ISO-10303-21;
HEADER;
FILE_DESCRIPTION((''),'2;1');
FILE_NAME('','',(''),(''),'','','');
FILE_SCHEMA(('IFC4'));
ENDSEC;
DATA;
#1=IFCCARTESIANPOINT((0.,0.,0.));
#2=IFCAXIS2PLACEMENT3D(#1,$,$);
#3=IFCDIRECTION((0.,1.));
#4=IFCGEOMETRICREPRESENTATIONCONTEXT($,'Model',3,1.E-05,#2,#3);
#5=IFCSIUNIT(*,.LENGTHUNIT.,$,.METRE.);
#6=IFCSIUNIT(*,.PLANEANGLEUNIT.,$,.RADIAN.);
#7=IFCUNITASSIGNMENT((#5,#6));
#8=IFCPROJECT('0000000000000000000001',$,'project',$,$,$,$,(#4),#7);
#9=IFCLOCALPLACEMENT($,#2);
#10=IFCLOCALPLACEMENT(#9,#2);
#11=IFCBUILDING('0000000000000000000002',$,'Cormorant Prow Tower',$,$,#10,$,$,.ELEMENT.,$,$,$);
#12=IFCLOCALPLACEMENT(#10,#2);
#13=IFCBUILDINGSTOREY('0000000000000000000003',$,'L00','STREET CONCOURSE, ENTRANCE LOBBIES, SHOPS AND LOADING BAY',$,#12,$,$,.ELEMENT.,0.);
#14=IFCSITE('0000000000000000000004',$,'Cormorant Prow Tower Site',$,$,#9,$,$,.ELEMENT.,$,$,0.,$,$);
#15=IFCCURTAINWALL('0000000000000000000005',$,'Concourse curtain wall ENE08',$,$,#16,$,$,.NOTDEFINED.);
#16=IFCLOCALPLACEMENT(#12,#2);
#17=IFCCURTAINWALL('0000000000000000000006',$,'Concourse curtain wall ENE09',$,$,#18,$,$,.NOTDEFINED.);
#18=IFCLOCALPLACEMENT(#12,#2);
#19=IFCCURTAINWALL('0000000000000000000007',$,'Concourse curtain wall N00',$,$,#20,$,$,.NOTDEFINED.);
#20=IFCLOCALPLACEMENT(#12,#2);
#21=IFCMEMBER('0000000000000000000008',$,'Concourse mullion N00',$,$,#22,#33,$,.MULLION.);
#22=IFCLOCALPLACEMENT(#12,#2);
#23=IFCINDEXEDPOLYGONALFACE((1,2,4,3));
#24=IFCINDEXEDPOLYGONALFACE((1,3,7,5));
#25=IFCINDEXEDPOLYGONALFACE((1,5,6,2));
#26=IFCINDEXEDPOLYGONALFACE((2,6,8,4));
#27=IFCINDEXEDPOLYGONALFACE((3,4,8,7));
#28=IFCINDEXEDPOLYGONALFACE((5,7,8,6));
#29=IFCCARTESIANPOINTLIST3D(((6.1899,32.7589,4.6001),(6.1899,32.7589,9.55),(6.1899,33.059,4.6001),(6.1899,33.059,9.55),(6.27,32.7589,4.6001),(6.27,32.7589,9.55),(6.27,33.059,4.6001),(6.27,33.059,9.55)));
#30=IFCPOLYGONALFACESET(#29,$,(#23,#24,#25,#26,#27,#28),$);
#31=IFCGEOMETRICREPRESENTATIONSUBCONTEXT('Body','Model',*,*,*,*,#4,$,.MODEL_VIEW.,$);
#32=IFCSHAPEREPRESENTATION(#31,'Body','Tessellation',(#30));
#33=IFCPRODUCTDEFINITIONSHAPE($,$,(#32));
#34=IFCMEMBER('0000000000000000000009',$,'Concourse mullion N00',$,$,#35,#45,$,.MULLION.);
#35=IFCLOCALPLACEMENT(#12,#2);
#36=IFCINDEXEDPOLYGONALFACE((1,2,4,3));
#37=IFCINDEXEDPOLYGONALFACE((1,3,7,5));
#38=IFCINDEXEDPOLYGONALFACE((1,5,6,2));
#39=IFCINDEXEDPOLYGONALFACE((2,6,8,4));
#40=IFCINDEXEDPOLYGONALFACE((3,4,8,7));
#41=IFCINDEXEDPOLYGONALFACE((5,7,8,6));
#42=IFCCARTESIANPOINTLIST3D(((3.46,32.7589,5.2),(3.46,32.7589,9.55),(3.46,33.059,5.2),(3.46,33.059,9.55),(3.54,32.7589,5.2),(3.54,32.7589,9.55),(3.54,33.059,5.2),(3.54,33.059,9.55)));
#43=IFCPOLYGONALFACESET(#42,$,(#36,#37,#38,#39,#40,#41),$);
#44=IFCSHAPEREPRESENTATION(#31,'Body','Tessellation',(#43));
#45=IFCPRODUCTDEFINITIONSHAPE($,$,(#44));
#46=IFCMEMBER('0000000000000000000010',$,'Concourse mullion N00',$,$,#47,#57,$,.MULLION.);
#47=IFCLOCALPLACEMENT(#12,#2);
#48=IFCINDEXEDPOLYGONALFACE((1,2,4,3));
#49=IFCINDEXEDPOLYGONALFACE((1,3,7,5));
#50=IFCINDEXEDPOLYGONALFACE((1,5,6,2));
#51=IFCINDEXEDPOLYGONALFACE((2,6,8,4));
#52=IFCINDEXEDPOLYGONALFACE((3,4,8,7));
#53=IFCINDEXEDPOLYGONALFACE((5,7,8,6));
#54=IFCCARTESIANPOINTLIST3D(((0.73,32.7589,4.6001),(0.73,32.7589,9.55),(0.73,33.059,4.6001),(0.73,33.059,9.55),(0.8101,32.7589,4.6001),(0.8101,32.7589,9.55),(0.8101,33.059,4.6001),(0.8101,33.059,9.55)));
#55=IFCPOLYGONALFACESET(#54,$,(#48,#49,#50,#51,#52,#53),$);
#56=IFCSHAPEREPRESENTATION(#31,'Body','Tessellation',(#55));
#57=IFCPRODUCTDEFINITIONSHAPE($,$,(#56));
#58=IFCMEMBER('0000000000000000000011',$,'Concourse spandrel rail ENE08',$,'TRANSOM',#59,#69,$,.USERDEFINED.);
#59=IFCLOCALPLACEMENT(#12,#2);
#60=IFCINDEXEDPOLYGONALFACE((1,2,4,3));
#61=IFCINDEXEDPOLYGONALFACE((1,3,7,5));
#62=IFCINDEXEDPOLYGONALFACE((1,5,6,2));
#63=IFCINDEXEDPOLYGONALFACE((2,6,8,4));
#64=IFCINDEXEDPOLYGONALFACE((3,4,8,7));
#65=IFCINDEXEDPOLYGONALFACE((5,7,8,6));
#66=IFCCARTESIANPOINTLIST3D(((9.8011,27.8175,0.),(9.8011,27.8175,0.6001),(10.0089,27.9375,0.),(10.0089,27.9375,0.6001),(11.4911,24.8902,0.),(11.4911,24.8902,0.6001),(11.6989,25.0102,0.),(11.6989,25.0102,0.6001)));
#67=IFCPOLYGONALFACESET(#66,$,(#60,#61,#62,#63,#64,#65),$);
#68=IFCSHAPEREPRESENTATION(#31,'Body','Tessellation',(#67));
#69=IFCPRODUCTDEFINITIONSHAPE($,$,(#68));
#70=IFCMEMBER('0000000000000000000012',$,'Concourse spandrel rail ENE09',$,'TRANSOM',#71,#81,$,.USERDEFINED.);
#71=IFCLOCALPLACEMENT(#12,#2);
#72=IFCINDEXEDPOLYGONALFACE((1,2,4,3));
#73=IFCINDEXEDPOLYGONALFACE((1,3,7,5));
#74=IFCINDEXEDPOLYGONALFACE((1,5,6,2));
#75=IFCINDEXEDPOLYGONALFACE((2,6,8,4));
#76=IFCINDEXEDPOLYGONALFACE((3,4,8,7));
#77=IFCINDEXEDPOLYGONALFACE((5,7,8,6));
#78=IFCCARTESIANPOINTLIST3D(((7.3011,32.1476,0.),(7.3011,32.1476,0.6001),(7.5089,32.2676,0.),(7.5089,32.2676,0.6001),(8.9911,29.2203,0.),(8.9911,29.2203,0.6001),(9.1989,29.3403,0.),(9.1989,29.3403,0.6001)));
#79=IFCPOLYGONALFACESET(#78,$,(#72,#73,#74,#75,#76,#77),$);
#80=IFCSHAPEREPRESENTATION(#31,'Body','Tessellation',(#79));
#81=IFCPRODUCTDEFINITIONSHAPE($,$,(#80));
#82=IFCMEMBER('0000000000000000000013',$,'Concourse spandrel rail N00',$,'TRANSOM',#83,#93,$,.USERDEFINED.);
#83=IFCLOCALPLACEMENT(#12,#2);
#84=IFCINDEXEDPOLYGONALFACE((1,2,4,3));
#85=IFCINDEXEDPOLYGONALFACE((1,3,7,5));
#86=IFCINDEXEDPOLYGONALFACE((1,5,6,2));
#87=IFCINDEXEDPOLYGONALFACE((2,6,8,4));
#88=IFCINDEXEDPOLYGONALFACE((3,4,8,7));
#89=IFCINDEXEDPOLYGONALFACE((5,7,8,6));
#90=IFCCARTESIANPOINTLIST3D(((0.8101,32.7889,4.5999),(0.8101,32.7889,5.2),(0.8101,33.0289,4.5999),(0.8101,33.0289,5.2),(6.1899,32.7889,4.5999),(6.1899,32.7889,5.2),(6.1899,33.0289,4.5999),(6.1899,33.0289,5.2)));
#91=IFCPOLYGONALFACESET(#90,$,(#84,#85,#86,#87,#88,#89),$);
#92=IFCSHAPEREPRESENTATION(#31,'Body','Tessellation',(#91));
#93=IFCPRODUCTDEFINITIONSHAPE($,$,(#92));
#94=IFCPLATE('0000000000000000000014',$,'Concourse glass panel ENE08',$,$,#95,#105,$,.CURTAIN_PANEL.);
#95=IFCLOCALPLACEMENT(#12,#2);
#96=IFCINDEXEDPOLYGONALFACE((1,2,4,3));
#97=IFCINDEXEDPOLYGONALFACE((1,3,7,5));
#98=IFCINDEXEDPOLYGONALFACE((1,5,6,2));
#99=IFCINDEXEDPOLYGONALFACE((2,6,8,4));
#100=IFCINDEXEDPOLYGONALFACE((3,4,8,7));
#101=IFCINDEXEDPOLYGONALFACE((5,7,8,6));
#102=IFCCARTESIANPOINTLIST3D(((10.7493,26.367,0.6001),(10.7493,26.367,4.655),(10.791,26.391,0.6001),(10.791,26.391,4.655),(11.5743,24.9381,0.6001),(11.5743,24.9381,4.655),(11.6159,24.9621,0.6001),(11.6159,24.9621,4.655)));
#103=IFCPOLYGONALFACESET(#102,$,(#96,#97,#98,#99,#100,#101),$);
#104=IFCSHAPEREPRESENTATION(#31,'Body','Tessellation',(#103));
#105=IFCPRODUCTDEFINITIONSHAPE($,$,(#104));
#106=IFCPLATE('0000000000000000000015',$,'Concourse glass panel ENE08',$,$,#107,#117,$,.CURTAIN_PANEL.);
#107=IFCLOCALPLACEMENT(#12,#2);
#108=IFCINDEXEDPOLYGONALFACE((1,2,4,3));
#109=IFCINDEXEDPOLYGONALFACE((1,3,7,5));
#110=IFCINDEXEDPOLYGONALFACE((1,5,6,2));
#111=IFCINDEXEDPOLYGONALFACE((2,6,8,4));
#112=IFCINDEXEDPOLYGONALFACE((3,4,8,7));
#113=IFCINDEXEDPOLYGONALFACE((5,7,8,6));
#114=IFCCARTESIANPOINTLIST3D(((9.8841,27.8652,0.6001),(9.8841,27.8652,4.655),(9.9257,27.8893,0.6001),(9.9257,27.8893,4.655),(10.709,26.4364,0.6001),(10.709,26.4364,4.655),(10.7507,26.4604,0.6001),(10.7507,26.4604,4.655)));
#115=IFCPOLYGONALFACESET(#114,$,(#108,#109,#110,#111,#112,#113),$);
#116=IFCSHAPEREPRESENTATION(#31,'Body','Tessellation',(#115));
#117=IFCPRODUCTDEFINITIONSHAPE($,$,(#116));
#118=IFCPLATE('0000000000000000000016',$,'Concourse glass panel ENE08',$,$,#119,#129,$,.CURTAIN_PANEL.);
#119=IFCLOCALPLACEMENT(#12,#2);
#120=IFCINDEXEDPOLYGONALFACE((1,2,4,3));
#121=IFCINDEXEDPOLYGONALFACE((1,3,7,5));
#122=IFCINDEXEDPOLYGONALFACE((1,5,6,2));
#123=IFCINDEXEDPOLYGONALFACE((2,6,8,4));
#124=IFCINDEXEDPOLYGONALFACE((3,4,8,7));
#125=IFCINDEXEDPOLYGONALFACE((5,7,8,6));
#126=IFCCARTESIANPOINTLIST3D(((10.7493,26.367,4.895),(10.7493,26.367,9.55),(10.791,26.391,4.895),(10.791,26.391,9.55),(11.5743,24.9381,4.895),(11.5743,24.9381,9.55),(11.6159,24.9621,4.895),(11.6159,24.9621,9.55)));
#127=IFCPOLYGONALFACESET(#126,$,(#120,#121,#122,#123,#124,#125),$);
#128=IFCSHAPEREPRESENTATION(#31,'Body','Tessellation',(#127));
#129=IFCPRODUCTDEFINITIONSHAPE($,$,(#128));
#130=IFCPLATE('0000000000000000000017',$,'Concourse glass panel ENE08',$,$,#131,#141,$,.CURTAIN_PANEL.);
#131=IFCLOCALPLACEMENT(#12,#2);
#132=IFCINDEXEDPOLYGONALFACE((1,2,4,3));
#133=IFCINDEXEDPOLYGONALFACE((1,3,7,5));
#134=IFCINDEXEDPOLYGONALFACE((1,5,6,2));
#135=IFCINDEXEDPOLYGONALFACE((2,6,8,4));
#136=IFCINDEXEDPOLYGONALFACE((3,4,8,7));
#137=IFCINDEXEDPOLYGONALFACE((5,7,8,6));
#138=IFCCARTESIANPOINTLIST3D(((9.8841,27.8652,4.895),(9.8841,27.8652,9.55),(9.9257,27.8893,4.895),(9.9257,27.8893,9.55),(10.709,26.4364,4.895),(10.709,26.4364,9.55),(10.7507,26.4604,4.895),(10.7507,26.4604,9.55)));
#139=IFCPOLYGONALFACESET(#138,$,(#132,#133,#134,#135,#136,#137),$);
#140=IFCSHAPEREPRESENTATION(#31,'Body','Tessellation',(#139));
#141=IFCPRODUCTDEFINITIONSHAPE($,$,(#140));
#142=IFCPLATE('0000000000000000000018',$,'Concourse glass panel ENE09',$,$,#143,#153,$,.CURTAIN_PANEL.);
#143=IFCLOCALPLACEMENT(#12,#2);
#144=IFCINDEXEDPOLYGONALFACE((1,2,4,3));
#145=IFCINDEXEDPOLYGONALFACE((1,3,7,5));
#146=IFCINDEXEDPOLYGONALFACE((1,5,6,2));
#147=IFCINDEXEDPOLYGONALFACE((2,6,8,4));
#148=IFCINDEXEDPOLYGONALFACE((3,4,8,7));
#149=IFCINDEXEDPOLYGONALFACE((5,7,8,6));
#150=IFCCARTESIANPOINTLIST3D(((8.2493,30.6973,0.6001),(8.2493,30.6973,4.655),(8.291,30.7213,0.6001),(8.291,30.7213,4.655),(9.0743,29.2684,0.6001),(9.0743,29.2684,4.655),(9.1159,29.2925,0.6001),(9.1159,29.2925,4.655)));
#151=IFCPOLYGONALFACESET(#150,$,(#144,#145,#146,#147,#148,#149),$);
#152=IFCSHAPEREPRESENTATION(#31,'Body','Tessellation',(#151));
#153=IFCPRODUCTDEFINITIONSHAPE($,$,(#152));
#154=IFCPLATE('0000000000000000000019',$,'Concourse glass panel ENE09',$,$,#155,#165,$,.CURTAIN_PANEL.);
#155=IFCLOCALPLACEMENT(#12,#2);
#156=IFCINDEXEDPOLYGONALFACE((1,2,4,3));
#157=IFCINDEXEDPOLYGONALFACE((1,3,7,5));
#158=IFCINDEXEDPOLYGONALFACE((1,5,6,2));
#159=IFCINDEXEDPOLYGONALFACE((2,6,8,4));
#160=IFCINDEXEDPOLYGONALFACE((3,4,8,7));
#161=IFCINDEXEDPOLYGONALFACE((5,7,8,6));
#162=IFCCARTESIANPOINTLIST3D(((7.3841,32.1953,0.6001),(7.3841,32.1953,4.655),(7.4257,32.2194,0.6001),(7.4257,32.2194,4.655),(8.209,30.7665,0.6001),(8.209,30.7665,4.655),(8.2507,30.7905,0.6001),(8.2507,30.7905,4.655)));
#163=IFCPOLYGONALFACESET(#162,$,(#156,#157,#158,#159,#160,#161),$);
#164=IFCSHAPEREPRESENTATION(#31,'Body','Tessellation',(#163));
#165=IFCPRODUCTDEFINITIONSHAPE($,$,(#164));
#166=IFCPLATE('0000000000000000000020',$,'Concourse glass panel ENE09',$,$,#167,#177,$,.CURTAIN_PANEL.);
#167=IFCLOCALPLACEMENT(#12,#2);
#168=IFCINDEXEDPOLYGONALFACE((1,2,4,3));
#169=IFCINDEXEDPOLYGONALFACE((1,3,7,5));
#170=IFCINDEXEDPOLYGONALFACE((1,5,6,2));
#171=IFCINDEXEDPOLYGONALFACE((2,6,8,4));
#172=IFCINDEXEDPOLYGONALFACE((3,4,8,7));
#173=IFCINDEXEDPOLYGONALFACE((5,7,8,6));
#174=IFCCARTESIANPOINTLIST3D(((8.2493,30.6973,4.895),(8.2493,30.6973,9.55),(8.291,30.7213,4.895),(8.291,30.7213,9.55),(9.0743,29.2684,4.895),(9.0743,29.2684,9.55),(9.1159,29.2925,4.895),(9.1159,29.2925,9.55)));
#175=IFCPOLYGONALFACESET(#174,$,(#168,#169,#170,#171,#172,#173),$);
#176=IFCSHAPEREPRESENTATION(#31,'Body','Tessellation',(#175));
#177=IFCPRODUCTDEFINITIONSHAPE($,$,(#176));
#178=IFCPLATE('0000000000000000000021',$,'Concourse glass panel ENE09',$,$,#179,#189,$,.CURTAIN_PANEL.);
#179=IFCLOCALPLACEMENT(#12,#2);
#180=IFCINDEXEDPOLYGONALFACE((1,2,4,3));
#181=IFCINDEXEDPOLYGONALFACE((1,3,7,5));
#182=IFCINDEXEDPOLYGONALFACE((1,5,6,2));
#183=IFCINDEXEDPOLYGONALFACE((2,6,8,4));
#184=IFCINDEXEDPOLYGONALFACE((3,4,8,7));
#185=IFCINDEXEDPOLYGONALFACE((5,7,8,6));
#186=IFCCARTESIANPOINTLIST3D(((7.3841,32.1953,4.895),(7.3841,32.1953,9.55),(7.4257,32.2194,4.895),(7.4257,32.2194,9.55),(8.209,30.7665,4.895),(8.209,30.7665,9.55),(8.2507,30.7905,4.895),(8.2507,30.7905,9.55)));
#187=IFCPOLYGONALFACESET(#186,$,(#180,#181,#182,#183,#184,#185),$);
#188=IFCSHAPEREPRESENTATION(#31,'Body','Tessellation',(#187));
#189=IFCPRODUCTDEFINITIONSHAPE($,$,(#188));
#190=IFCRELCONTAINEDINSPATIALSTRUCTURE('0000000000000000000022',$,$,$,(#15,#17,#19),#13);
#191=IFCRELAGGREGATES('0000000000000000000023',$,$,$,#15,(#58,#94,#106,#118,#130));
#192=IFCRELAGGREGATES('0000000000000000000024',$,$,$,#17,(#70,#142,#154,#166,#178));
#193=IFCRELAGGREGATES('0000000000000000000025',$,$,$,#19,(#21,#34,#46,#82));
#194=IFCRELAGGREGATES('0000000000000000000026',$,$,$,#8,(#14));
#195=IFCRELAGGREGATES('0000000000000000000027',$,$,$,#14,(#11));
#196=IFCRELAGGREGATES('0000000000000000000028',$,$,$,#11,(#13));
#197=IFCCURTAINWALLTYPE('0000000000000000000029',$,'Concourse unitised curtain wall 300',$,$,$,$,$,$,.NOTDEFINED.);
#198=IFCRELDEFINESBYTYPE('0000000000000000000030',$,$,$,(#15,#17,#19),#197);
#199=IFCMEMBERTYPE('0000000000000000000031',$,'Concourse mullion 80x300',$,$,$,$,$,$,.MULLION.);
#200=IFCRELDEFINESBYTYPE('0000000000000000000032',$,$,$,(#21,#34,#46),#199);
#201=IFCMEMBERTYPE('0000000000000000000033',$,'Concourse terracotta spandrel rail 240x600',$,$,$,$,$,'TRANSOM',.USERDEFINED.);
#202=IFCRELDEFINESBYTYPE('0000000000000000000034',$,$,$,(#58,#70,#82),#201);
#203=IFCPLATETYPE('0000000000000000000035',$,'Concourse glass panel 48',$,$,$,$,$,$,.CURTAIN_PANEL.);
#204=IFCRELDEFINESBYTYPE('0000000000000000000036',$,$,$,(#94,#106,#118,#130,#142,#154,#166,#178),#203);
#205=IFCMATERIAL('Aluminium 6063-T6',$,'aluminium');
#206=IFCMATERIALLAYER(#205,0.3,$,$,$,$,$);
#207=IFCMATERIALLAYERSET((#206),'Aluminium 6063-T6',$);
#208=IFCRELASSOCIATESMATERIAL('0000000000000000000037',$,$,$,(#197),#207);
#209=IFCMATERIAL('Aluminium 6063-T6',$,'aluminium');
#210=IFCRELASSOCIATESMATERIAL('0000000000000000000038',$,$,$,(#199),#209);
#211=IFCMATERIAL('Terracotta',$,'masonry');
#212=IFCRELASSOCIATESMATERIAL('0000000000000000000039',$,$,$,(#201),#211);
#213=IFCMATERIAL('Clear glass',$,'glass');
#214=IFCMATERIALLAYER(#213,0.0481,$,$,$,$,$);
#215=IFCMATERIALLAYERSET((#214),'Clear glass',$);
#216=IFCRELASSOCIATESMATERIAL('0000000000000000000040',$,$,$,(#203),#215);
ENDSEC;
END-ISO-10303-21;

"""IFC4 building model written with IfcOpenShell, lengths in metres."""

from ifc_helpers import new_model, si_unit, direction, frame, origin, origin_2d, place, context, subcontext, project, spatial, rectangle, extrude, material, layer, layer_set, material_profile, profile_set, type_object, element, aggregate, save


model = new_model("IFC4")

# Units and contexts
model_context = context("Model", 3, precision=1e-05, world=origin(), true_north=direction((0.0, 1.0)))
body_context = subcontext(model_context, "Body", "Model", "MODEL_VIEW")
ifc_project = project(units=[si_unit("LENGTHUNIT", "METRE"), si_unit("PLANEANGLEUNIT", "RADIAN")], contexts=[model_context])

# Site, building, storey
site_placement = place(None, origin())
site = spatial("IfcSite", under=ifc_project, at=site_placement, Name="Cormorant Prow Tower Site", CompositionType="ELEMENT", RefElevation=0.0)
building_placement = place(site_placement, origin())
building = spatial("IfcBuilding", under=site, at=building_placement, Name="Cormorant Prow Tower", CompositionType="ELEMENT")
storey_placement = place(building_placement, origin())
storey = spatial("IfcBuildingStorey", under=building, at=storey_placement, Name="L00", Description="STREET CONCOURSE, ENTRANCE LOBBIES, SHOPS AND LOADING BAY", CompositionType="ELEMENT", Elevation=0.0)

# Curtain wall
ifc_material_1 = material(Name="Aluminium 6063-T6", Category="aluminium")
ifc_layer_1 = layer(ifc_material_1, 0.3)
ifc_layer_set_1 = layer_set([ifc_layer_1], Name="Aluminium 6063-T6")
curtain_wall_type = type_object("IfcCurtainWallType", Name="Concourse unitised curtain wall 300", PredefinedType="NOTDEFINED", material=ifc_layer_set_1)
curtain_wall_1_placement = place(storey_placement, origin())
curtain_wall_1 = element("IfcCurtainWall", 1, at=curtain_wall_1_placement, inside=storey, type_object=curtain_wall_type, Name="Concourse curtain wall ENE08", PredefinedType="NOTDEFINED")

# Curtain wall
curtain_wall_2_placement = place(storey_placement, origin())
curtain_wall_2 = element("IfcCurtainWall", 2, at=curtain_wall_2_placement, inside=storey, type_object=curtain_wall_type, Name="Concourse curtain wall ENE09", PredefinedType="NOTDEFINED")

# Shared definitions
ifc_material_2 = material(Name="Aluminium 6063-T6", Category="aluminium")
ifc_material_profile_1 = material_profile(ifc_material_2, rectangle(XDim=0.3, YDim=0.0801, at=origin_2d()), Name="Concourse mullion 80x300")
ifc_profile_set_1 = profile_set([ifc_material_profile_1], Name="Aluminium 6063-T6")
member_type_1 = type_object("IfcMemberType", Name="Concourse mullion 80x300", PredefinedType="MULLION", material=ifc_profile_set_1)

# Curtain wall, members
curtain_wall_3_placement = place(storey_placement, origin())
curtain_wall_3 = element("IfcCurtainWall", 3, at=curtain_wall_3_placement, inside=storey, type_object=curtain_wall_type, Name="Concourse curtain wall N00", PredefinedType="NOTDEFINED")
member_1_placement = place(storey_placement, frame((6.23, 32.9089, 4.6001), z_axis=(0.0, 0.0, 1.0), x_axis=(0.0, -1.0, 0.0)))
member_1 = element("IfcMember", 4, at=member_1_placement, type_object=member_type_1, Name="Concourse mullion N00", PredefinedType="MULLION", context=body_context, shape_type="SweptSolid", body=[
    extrude(rectangle(XDim=0.3, YDim=0.0801, at=origin_2d()), origin(), (0.0, 0.0, 1.0), 4.95),
])
member_2_placement = place(storey_placement, frame((3.5, 32.9089, 5.2), z_axis=(0.0, 0.0, 1.0), x_axis=(0.0, -1.0, 0.0)))
member_2 = element("IfcMember", 5, at=member_2_placement, type_object=member_type_1, Name="Concourse mullion N00", PredefinedType="MULLION", context=body_context, shape_type="SweptSolid", body=[
    extrude(rectangle(XDim=0.3, YDim=0.0801, at=origin_2d()), origin(), (0.0, 0.0, 1.0), 4.3501),
])
member_3_placement = place(storey_placement, frame((0.77, 32.9089, 4.6001), z_axis=(0.0, 0.0, 1.0), x_axis=(0.0, -1.0, 0.0)))
member_3 = element("IfcMember", 6, at=member_3_placement, type_object=member_type_1, Name="Concourse mullion N00", PredefinedType="MULLION", context=body_context, shape_type="SweptSolid", body=[
    extrude(rectangle(XDim=0.3, YDim=0.0801, at=origin_2d()), origin(), (0.0, 0.0, 1.0), 4.95),
])

# Members
ifc_material_3 = material(Name="Terracotta", Category="masonry")
ifc_material_profile_2 = material_profile(ifc_material_3, rectangle(XDim=0.24, YDim=0.6001, at=origin_2d()), Name="Concourse terracotta spandrel rail 240x600")
ifc_profile_set_2 = profile_set([ifc_material_profile_2], Name="Terracotta")
member_type_2 = type_object("IfcMemberType", Name="Concourse terracotta spandrel rail 240x600", ElementType="TRANSOM", PredefinedType="USERDEFINED", material=ifc_profile_set_2)
member_4_placement = place(storey_placement, frame((11.595, 24.9502, 0.3), z_axis=(-0.499977, 0.866039, 0.0), x_axis=(-0.866039, -0.499977, 0.0)))
member_4 = element("IfcMember", 7, at=member_4_placement, type_object=member_type_2, Name="Concourse spandrel rail ENE08", ObjectType="TRANSOM", PredefinedType="USERDEFINED", context=body_context, shape_type="SweptSolid", body=[
    extrude(rectangle(XDim=0.24, YDim=0.6001, at=origin_2d()), origin(), (0.0, 0.0, 1.0), 3.3801),
])
member_5_placement = place(storey_placement, frame((9.095, 29.2803, 0.3), z_axis=(-0.499977, 0.866039, 0.0), x_axis=(-0.866039, -0.499977, 0.0)))
member_5 = element("IfcMember", 8, at=member_5_placement, type_object=member_type_2, Name="Concourse spandrel rail ENE09", ObjectType="TRANSOM", PredefinedType="USERDEFINED", context=body_context, shape_type="SweptSolid", body=[
    extrude(rectangle(XDim=0.24, YDim=0.6001, at=origin_2d()), origin(), (0.0, 0.0, 1.0), 3.3801),
])
member_6_placement = place(storey_placement, frame((6.1899, 32.9089, 4.8999), z_axis=(-1.0, 0.0, 0.0), x_axis=(0.0, -1.0, 0.0)))
member_6 = element("IfcMember", 9, at=member_6_placement, type_object=member_type_2, Name="Concourse spandrel rail N00", ObjectType="TRANSOM", PredefinedType="USERDEFINED", context=body_context, shape_type="SweptSolid", body=[
    extrude(rectangle(XDim=0.24, YDim=0.6001, at=origin_2d()), origin(), (0.0, 0.0, 1.0), 5.3799),
])

# Plates
ifc_material_4 = material(Name="Clear glass", Category="glass")
ifc_layer_2 = layer(ifc_material_4, 0.0481)
ifc_layer_set_2 = layer_set([ifc_layer_2], Name="Clear glass")
plate_type = type_object("IfcPlateType", Name="Concourse glass panel 48", PredefinedType="CURTAIN_PANEL", material=ifc_layer_set_2)
plate_1_placement = place(storey_placement, frame((11.1826, 25.6646, 0.6001), z_axis=(0.0, 0.0, 1.0), x_axis=(-0.5, 0.866025, 0.0)))
plate_1 = element("IfcPlate", 10, at=plate_1_placement, type_object=plate_type, Name="Concourse glass panel ENE08", PredefinedType="CURTAIN_PANEL", context=body_context, shape_type="SweptSolid", body=[
    extrude(rectangle(XDim=1.6499, YDim=0.0481, at=origin_2d()), origin(), (0.0, 0.0, 1.0), 4.0549),
])
plate_2_placement = place(storey_placement, frame((10.3174, 27.1628, 0.6001), z_axis=(0.0, 0.0, 1.0), x_axis=(-0.5, 0.866025, 0.0)))
plate_2 = element("IfcPlate", 11, at=plate_2_placement, type_object=plate_type, Name="Concourse glass panel ENE08", PredefinedType="CURTAIN_PANEL", context=body_context, shape_type="SweptSolid", body=[
    extrude(rectangle(XDim=1.6499, YDim=0.0481, at=origin_2d()), origin(), (0.0, 0.0, 1.0), 4.0549),
])
plate_3_placement = place(storey_placement, frame((11.1826, 25.6646, 4.895), z_axis=(0.0, 0.0, 1.0), x_axis=(-0.5, 0.866025, 0.0)))
plate_3 = element("IfcPlate", 12, at=plate_3_placement, type_object=plate_type, Name="Concourse glass panel ENE08", PredefinedType="CURTAIN_PANEL", context=body_context, shape_type="SweptSolid", body=[
    extrude(rectangle(XDim=1.6499, YDim=0.0481, at=origin_2d()), origin(), (0.0, 0.0, 1.0), 4.655),
])
plate_4_placement = place(storey_placement, frame((10.3174, 27.1628, 4.895), z_axis=(0.0, 0.0, 1.0), x_axis=(-0.5, 0.866025, 0.0)))
plate_4 = element("IfcPlate", 13, at=plate_4_placement, type_object=plate_type, Name="Concourse glass panel ENE08", PredefinedType="CURTAIN_PANEL", context=body_context, shape_type="SweptSolid", body=[
    extrude(rectangle(XDim=1.6499, YDim=0.0481, at=origin_2d()), origin(), (0.0, 0.0, 1.0), 4.655),
])
aggregate(curtain_wall_1, [member_4, plate_1, plate_2, plate_3, plate_4])
plate_5_placement = place(storey_placement, frame((8.6826, 29.9949, 0.6001), z_axis=(0.0, 0.0, 1.0), x_axis=(-0.5, 0.866025, 0.0)))
plate_5 = element("IfcPlate", 14, at=plate_5_placement, type_object=plate_type, Name="Concourse glass panel ENE09", PredefinedType="CURTAIN_PANEL", context=body_context, shape_type="SweptSolid", body=[
    extrude(rectangle(XDim=1.6499, YDim=0.0481, at=origin_2d()), origin(), (0.0, 0.0, 1.0), 4.0549),
])
plate_6_placement = place(storey_placement, frame((7.8174, 31.4929, 0.6001), z_axis=(0.0, 0.0, 1.0), x_axis=(-0.5, 0.866025, 0.0)))
plate_6 = element("IfcPlate", 15, at=plate_6_placement, type_object=plate_type, Name="Concourse glass panel ENE09", PredefinedType="CURTAIN_PANEL", context=body_context, shape_type="SweptSolid", body=[
    extrude(rectangle(XDim=1.6499, YDim=0.0481, at=origin_2d()), origin(), (0.0, 0.0, 1.0), 4.0549),
])
plate_7_placement = place(storey_placement, frame((8.6826, 29.9949, 4.895), z_axis=(0.0, 0.0, 1.0), x_axis=(-0.5, 0.866025, 0.0)))
plate_7 = element("IfcPlate", 16, at=plate_7_placement, type_object=plate_type, Name="Concourse glass panel ENE09", PredefinedType="CURTAIN_PANEL", context=body_context, shape_type="SweptSolid", body=[
    extrude(rectangle(XDim=1.6499, YDim=0.0481, at=origin_2d()), origin(), (0.0, 0.0, 1.0), 4.655),
])
plate_8_placement = place(storey_placement, frame((7.8174, 31.4929, 4.895), z_axis=(0.0, 0.0, 1.0), x_axis=(-0.5, 0.866025, 0.0)))
plate_8 = element("IfcPlate", 17, at=plate_8_placement, type_object=plate_type, Name="Concourse glass panel ENE09", PredefinedType="CURTAIN_PANEL", context=body_context, shape_type="SweptSolid", body=[
    extrude(rectangle(XDim=1.6499, YDim=0.0481, at=origin_2d()), origin(), (0.0, 0.0, 1.0), 4.655),
])
aggregate(curtain_wall_2, [member_5, plate_5, plate_6, plate_7, plate_8])
aggregate(curtain_wall_3, [member_1, member_2, member_3, member_6])

save(model, "model.ifc")
